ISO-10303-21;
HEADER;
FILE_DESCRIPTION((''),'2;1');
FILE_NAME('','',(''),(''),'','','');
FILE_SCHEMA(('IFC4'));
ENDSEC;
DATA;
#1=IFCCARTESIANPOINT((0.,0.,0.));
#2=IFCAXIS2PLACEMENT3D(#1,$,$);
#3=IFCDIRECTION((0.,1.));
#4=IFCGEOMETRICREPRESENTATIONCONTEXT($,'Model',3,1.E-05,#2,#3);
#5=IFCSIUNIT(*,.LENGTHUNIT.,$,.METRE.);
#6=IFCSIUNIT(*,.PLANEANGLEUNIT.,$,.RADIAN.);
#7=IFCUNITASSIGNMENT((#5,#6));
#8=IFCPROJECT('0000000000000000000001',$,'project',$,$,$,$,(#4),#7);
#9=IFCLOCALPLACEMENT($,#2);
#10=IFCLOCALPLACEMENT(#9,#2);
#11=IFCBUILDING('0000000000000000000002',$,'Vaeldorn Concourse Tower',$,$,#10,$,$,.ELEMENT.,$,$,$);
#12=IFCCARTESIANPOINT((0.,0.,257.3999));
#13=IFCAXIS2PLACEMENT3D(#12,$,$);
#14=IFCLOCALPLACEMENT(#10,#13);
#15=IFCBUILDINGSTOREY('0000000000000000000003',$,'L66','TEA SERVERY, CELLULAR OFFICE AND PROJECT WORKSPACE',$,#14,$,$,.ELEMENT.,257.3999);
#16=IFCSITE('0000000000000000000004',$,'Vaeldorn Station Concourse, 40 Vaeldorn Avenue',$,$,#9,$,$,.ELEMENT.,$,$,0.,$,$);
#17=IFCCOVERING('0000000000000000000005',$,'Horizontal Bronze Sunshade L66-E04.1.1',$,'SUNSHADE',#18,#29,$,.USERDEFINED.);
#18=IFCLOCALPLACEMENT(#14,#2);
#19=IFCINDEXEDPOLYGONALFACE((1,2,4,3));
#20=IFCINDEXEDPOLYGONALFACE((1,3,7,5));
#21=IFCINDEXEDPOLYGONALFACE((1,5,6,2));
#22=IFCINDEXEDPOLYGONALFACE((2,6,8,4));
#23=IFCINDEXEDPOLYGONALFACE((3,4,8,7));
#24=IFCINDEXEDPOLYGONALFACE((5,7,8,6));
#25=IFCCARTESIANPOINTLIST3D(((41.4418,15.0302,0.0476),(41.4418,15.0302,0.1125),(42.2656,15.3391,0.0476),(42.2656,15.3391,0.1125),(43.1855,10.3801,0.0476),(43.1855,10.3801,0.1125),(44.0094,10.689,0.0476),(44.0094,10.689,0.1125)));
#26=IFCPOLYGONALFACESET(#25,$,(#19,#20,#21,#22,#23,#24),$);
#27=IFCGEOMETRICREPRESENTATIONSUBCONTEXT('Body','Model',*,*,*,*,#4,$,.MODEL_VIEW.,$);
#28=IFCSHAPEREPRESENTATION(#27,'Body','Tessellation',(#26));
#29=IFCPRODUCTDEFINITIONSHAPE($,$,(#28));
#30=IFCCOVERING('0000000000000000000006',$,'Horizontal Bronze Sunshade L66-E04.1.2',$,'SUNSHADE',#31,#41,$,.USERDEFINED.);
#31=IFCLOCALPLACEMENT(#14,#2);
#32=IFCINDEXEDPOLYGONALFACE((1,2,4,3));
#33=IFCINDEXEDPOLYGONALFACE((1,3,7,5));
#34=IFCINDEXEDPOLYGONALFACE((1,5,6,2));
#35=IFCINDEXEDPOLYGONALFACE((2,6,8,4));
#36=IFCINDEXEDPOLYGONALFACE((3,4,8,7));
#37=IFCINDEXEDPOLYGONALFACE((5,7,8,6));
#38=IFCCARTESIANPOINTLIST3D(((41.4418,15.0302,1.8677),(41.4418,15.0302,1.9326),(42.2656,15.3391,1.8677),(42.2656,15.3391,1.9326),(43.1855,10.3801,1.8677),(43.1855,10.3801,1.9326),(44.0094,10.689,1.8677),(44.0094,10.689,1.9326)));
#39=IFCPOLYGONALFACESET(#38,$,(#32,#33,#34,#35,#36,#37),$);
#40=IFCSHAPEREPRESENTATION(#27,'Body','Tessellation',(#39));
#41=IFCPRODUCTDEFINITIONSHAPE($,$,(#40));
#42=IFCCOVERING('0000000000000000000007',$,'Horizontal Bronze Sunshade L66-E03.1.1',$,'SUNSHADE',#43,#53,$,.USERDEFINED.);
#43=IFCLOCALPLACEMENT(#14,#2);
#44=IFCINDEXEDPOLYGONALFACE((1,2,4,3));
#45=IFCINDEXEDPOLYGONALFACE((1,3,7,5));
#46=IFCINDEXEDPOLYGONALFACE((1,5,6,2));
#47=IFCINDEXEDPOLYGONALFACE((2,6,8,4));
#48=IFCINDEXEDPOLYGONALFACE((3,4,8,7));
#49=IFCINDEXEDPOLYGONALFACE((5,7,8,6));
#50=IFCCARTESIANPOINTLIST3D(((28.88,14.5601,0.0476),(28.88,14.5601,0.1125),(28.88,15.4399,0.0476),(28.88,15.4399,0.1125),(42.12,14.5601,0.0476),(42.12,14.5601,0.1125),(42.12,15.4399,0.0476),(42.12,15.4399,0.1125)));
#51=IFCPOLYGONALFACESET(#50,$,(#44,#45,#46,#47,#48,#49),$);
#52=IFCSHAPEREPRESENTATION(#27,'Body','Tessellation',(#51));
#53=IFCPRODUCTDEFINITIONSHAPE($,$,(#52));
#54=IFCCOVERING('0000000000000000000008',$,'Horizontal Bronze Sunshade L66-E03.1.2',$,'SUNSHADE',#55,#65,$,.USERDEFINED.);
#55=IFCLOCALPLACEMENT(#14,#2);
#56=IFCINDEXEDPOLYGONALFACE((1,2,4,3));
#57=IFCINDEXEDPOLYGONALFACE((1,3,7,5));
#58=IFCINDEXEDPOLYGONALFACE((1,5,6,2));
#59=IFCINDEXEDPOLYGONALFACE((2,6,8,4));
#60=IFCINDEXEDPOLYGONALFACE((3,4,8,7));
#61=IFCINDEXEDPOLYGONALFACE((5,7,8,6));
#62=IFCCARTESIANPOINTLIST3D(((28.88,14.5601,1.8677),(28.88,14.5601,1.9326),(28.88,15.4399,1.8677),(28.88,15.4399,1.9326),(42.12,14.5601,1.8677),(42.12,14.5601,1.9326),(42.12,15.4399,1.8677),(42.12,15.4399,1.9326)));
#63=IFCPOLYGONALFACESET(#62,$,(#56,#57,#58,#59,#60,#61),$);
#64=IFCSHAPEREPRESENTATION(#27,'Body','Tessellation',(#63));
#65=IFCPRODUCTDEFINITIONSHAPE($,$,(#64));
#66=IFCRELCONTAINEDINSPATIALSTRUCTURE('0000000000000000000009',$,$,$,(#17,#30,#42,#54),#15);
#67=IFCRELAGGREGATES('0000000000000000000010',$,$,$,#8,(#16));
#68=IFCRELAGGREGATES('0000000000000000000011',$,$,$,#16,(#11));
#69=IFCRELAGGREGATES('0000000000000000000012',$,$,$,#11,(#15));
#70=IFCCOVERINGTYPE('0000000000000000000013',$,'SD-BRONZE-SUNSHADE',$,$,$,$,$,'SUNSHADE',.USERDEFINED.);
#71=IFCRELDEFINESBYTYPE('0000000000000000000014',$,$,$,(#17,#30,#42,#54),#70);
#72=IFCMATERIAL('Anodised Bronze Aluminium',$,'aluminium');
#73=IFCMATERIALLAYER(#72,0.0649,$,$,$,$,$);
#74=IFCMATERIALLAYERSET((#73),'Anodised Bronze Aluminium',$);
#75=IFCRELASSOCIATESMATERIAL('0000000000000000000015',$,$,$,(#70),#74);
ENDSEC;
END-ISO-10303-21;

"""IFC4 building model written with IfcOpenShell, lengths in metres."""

from ifc_helpers import new_model, si_unit, direction, frame, origin, origin_2d, place, context, subcontext, project, spatial, rectangle, extrude, source, transform, mapped, material, layer, layer_set, type_object, element, save


model = new_model("IFC4")

# Units and contexts
model_context = context("Model", 3, precision=1e-05, world=origin(), true_north=direction((0.0, 1.0)))
body_context = subcontext(model_context, "Body", "Model", "MODEL_VIEW")
ifc_project = project(units=[si_unit("LENGTHUNIT", "METRE"), si_unit("PLANEANGLEUNIT", "RADIAN")], contexts=[model_context])

# Site, building, storey
site_placement = place(None, origin())
site = spatial("IfcSite", under=ifc_project, at=site_placement, Name="Vaeldorn Station Concourse, 40 Vaeldorn Avenue", CompositionType="ELEMENT", RefElevation=0.0)
building_placement = place(site_placement, origin())
building = spatial("IfcBuilding", under=site, at=building_placement, Name="Vaeldorn Concourse Tower", CompositionType="ELEMENT")
storey_placement = place(building_placement, frame((0.0, 0.0, 257.3999)))
storey = spatial("IfcBuildingStorey", under=building, at=storey_placement, Name="L66", Description="TEA SERVERY, CELLULAR OFFICE AND PROJECT WORKSPACE", CompositionType="ELEMENT", Elevation=257.3999)

# Shared definitions
ifc_material_1 = material(Name="Anodised Bronze Aluminium", Category="aluminium")

# Coverings
ifc_layer_1 = layer(ifc_material_1, 0.0649)
ifc_layer_set_1 = layer_set([ifc_layer_1], Name="Anodised Bronze Aluminium")
covering_type = type_object("IfcCoveringType", Name="SD-BRONZE-SUNSHADE", ElementType="SUNSHADE", PredefinedType="USERDEFINED", material=ifc_layer_set_1)
shared_shape_1 = source(origin(), body_context, "Body", "SweptSolid", [
    extrude(rectangle(XDim=4.9663, YDim=0.8799, at=origin_2d()), origin(), (0.0, 0.0, 1.0), 0.0649),
])
for number, where, z_axis, x_axis, name in (
    (1, (42.7256, 12.8596, 0.0476), (0.0, 0.0, 1.0), (0.351123, -0.936329, 0.0), "Horizontal Bronze Sunshade L66-E04.1.1"),
    (2, (42.7256, 12.8596, 1.8677), (0.0, 0.0, 1.0), (0.351123, -0.936329, 0.0), "Horizontal Bronze Sunshade L66-E04.1.2"),
):
    element("IfcCovering", number, at=place(storey_placement, frame(where, z_axis=z_axis, x_axis=x_axis)), inside=storey, type_object=covering_type, Name=name, ObjectType="SUNSHADE", PredefinedType="USERDEFINED", context=body_context, shape_type="MappedRepresentation", body=[
        mapped(shared_shape_1, transform((0.0, 0.0, 0.0), scale=1.0)),
    ])
shared_shape_2 = source(origin(), body_context, "Body", "SweptSolid", [
    extrude(rectangle(XDim=13.24, YDim=0.8799, at=origin_2d()), origin(), (0.0, 0.0, 1.0), 0.0649),
])
for number, where, z_axis, x_axis, name in (
    (3, (35.5, 15.0, 0.0476), (0.0, 0.0, 1.0), (1.0, 0.0, 0.0), "Horizontal Bronze Sunshade L66-E03.1.1"),
    (4, (35.5, 15.0, 1.8677), (0.0, 0.0, 1.0), (1.0, 0.0, 0.0), "Horizontal Bronze Sunshade L66-E03.1.2"),
):
    element("IfcCovering", number, at=place(storey_placement, frame(where, z_axis=z_axis, x_axis=x_axis)), inside=storey, type_object=covering_type, Name=name, ObjectType="SUNSHADE", PredefinedType="USERDEFINED", context=body_context, shape_type="MappedRepresentation", body=[
        mapped(shared_shape_2, transform((0.0, 0.0, 0.0), scale=1.0)),
    ])

save(model, "model.ifc")
